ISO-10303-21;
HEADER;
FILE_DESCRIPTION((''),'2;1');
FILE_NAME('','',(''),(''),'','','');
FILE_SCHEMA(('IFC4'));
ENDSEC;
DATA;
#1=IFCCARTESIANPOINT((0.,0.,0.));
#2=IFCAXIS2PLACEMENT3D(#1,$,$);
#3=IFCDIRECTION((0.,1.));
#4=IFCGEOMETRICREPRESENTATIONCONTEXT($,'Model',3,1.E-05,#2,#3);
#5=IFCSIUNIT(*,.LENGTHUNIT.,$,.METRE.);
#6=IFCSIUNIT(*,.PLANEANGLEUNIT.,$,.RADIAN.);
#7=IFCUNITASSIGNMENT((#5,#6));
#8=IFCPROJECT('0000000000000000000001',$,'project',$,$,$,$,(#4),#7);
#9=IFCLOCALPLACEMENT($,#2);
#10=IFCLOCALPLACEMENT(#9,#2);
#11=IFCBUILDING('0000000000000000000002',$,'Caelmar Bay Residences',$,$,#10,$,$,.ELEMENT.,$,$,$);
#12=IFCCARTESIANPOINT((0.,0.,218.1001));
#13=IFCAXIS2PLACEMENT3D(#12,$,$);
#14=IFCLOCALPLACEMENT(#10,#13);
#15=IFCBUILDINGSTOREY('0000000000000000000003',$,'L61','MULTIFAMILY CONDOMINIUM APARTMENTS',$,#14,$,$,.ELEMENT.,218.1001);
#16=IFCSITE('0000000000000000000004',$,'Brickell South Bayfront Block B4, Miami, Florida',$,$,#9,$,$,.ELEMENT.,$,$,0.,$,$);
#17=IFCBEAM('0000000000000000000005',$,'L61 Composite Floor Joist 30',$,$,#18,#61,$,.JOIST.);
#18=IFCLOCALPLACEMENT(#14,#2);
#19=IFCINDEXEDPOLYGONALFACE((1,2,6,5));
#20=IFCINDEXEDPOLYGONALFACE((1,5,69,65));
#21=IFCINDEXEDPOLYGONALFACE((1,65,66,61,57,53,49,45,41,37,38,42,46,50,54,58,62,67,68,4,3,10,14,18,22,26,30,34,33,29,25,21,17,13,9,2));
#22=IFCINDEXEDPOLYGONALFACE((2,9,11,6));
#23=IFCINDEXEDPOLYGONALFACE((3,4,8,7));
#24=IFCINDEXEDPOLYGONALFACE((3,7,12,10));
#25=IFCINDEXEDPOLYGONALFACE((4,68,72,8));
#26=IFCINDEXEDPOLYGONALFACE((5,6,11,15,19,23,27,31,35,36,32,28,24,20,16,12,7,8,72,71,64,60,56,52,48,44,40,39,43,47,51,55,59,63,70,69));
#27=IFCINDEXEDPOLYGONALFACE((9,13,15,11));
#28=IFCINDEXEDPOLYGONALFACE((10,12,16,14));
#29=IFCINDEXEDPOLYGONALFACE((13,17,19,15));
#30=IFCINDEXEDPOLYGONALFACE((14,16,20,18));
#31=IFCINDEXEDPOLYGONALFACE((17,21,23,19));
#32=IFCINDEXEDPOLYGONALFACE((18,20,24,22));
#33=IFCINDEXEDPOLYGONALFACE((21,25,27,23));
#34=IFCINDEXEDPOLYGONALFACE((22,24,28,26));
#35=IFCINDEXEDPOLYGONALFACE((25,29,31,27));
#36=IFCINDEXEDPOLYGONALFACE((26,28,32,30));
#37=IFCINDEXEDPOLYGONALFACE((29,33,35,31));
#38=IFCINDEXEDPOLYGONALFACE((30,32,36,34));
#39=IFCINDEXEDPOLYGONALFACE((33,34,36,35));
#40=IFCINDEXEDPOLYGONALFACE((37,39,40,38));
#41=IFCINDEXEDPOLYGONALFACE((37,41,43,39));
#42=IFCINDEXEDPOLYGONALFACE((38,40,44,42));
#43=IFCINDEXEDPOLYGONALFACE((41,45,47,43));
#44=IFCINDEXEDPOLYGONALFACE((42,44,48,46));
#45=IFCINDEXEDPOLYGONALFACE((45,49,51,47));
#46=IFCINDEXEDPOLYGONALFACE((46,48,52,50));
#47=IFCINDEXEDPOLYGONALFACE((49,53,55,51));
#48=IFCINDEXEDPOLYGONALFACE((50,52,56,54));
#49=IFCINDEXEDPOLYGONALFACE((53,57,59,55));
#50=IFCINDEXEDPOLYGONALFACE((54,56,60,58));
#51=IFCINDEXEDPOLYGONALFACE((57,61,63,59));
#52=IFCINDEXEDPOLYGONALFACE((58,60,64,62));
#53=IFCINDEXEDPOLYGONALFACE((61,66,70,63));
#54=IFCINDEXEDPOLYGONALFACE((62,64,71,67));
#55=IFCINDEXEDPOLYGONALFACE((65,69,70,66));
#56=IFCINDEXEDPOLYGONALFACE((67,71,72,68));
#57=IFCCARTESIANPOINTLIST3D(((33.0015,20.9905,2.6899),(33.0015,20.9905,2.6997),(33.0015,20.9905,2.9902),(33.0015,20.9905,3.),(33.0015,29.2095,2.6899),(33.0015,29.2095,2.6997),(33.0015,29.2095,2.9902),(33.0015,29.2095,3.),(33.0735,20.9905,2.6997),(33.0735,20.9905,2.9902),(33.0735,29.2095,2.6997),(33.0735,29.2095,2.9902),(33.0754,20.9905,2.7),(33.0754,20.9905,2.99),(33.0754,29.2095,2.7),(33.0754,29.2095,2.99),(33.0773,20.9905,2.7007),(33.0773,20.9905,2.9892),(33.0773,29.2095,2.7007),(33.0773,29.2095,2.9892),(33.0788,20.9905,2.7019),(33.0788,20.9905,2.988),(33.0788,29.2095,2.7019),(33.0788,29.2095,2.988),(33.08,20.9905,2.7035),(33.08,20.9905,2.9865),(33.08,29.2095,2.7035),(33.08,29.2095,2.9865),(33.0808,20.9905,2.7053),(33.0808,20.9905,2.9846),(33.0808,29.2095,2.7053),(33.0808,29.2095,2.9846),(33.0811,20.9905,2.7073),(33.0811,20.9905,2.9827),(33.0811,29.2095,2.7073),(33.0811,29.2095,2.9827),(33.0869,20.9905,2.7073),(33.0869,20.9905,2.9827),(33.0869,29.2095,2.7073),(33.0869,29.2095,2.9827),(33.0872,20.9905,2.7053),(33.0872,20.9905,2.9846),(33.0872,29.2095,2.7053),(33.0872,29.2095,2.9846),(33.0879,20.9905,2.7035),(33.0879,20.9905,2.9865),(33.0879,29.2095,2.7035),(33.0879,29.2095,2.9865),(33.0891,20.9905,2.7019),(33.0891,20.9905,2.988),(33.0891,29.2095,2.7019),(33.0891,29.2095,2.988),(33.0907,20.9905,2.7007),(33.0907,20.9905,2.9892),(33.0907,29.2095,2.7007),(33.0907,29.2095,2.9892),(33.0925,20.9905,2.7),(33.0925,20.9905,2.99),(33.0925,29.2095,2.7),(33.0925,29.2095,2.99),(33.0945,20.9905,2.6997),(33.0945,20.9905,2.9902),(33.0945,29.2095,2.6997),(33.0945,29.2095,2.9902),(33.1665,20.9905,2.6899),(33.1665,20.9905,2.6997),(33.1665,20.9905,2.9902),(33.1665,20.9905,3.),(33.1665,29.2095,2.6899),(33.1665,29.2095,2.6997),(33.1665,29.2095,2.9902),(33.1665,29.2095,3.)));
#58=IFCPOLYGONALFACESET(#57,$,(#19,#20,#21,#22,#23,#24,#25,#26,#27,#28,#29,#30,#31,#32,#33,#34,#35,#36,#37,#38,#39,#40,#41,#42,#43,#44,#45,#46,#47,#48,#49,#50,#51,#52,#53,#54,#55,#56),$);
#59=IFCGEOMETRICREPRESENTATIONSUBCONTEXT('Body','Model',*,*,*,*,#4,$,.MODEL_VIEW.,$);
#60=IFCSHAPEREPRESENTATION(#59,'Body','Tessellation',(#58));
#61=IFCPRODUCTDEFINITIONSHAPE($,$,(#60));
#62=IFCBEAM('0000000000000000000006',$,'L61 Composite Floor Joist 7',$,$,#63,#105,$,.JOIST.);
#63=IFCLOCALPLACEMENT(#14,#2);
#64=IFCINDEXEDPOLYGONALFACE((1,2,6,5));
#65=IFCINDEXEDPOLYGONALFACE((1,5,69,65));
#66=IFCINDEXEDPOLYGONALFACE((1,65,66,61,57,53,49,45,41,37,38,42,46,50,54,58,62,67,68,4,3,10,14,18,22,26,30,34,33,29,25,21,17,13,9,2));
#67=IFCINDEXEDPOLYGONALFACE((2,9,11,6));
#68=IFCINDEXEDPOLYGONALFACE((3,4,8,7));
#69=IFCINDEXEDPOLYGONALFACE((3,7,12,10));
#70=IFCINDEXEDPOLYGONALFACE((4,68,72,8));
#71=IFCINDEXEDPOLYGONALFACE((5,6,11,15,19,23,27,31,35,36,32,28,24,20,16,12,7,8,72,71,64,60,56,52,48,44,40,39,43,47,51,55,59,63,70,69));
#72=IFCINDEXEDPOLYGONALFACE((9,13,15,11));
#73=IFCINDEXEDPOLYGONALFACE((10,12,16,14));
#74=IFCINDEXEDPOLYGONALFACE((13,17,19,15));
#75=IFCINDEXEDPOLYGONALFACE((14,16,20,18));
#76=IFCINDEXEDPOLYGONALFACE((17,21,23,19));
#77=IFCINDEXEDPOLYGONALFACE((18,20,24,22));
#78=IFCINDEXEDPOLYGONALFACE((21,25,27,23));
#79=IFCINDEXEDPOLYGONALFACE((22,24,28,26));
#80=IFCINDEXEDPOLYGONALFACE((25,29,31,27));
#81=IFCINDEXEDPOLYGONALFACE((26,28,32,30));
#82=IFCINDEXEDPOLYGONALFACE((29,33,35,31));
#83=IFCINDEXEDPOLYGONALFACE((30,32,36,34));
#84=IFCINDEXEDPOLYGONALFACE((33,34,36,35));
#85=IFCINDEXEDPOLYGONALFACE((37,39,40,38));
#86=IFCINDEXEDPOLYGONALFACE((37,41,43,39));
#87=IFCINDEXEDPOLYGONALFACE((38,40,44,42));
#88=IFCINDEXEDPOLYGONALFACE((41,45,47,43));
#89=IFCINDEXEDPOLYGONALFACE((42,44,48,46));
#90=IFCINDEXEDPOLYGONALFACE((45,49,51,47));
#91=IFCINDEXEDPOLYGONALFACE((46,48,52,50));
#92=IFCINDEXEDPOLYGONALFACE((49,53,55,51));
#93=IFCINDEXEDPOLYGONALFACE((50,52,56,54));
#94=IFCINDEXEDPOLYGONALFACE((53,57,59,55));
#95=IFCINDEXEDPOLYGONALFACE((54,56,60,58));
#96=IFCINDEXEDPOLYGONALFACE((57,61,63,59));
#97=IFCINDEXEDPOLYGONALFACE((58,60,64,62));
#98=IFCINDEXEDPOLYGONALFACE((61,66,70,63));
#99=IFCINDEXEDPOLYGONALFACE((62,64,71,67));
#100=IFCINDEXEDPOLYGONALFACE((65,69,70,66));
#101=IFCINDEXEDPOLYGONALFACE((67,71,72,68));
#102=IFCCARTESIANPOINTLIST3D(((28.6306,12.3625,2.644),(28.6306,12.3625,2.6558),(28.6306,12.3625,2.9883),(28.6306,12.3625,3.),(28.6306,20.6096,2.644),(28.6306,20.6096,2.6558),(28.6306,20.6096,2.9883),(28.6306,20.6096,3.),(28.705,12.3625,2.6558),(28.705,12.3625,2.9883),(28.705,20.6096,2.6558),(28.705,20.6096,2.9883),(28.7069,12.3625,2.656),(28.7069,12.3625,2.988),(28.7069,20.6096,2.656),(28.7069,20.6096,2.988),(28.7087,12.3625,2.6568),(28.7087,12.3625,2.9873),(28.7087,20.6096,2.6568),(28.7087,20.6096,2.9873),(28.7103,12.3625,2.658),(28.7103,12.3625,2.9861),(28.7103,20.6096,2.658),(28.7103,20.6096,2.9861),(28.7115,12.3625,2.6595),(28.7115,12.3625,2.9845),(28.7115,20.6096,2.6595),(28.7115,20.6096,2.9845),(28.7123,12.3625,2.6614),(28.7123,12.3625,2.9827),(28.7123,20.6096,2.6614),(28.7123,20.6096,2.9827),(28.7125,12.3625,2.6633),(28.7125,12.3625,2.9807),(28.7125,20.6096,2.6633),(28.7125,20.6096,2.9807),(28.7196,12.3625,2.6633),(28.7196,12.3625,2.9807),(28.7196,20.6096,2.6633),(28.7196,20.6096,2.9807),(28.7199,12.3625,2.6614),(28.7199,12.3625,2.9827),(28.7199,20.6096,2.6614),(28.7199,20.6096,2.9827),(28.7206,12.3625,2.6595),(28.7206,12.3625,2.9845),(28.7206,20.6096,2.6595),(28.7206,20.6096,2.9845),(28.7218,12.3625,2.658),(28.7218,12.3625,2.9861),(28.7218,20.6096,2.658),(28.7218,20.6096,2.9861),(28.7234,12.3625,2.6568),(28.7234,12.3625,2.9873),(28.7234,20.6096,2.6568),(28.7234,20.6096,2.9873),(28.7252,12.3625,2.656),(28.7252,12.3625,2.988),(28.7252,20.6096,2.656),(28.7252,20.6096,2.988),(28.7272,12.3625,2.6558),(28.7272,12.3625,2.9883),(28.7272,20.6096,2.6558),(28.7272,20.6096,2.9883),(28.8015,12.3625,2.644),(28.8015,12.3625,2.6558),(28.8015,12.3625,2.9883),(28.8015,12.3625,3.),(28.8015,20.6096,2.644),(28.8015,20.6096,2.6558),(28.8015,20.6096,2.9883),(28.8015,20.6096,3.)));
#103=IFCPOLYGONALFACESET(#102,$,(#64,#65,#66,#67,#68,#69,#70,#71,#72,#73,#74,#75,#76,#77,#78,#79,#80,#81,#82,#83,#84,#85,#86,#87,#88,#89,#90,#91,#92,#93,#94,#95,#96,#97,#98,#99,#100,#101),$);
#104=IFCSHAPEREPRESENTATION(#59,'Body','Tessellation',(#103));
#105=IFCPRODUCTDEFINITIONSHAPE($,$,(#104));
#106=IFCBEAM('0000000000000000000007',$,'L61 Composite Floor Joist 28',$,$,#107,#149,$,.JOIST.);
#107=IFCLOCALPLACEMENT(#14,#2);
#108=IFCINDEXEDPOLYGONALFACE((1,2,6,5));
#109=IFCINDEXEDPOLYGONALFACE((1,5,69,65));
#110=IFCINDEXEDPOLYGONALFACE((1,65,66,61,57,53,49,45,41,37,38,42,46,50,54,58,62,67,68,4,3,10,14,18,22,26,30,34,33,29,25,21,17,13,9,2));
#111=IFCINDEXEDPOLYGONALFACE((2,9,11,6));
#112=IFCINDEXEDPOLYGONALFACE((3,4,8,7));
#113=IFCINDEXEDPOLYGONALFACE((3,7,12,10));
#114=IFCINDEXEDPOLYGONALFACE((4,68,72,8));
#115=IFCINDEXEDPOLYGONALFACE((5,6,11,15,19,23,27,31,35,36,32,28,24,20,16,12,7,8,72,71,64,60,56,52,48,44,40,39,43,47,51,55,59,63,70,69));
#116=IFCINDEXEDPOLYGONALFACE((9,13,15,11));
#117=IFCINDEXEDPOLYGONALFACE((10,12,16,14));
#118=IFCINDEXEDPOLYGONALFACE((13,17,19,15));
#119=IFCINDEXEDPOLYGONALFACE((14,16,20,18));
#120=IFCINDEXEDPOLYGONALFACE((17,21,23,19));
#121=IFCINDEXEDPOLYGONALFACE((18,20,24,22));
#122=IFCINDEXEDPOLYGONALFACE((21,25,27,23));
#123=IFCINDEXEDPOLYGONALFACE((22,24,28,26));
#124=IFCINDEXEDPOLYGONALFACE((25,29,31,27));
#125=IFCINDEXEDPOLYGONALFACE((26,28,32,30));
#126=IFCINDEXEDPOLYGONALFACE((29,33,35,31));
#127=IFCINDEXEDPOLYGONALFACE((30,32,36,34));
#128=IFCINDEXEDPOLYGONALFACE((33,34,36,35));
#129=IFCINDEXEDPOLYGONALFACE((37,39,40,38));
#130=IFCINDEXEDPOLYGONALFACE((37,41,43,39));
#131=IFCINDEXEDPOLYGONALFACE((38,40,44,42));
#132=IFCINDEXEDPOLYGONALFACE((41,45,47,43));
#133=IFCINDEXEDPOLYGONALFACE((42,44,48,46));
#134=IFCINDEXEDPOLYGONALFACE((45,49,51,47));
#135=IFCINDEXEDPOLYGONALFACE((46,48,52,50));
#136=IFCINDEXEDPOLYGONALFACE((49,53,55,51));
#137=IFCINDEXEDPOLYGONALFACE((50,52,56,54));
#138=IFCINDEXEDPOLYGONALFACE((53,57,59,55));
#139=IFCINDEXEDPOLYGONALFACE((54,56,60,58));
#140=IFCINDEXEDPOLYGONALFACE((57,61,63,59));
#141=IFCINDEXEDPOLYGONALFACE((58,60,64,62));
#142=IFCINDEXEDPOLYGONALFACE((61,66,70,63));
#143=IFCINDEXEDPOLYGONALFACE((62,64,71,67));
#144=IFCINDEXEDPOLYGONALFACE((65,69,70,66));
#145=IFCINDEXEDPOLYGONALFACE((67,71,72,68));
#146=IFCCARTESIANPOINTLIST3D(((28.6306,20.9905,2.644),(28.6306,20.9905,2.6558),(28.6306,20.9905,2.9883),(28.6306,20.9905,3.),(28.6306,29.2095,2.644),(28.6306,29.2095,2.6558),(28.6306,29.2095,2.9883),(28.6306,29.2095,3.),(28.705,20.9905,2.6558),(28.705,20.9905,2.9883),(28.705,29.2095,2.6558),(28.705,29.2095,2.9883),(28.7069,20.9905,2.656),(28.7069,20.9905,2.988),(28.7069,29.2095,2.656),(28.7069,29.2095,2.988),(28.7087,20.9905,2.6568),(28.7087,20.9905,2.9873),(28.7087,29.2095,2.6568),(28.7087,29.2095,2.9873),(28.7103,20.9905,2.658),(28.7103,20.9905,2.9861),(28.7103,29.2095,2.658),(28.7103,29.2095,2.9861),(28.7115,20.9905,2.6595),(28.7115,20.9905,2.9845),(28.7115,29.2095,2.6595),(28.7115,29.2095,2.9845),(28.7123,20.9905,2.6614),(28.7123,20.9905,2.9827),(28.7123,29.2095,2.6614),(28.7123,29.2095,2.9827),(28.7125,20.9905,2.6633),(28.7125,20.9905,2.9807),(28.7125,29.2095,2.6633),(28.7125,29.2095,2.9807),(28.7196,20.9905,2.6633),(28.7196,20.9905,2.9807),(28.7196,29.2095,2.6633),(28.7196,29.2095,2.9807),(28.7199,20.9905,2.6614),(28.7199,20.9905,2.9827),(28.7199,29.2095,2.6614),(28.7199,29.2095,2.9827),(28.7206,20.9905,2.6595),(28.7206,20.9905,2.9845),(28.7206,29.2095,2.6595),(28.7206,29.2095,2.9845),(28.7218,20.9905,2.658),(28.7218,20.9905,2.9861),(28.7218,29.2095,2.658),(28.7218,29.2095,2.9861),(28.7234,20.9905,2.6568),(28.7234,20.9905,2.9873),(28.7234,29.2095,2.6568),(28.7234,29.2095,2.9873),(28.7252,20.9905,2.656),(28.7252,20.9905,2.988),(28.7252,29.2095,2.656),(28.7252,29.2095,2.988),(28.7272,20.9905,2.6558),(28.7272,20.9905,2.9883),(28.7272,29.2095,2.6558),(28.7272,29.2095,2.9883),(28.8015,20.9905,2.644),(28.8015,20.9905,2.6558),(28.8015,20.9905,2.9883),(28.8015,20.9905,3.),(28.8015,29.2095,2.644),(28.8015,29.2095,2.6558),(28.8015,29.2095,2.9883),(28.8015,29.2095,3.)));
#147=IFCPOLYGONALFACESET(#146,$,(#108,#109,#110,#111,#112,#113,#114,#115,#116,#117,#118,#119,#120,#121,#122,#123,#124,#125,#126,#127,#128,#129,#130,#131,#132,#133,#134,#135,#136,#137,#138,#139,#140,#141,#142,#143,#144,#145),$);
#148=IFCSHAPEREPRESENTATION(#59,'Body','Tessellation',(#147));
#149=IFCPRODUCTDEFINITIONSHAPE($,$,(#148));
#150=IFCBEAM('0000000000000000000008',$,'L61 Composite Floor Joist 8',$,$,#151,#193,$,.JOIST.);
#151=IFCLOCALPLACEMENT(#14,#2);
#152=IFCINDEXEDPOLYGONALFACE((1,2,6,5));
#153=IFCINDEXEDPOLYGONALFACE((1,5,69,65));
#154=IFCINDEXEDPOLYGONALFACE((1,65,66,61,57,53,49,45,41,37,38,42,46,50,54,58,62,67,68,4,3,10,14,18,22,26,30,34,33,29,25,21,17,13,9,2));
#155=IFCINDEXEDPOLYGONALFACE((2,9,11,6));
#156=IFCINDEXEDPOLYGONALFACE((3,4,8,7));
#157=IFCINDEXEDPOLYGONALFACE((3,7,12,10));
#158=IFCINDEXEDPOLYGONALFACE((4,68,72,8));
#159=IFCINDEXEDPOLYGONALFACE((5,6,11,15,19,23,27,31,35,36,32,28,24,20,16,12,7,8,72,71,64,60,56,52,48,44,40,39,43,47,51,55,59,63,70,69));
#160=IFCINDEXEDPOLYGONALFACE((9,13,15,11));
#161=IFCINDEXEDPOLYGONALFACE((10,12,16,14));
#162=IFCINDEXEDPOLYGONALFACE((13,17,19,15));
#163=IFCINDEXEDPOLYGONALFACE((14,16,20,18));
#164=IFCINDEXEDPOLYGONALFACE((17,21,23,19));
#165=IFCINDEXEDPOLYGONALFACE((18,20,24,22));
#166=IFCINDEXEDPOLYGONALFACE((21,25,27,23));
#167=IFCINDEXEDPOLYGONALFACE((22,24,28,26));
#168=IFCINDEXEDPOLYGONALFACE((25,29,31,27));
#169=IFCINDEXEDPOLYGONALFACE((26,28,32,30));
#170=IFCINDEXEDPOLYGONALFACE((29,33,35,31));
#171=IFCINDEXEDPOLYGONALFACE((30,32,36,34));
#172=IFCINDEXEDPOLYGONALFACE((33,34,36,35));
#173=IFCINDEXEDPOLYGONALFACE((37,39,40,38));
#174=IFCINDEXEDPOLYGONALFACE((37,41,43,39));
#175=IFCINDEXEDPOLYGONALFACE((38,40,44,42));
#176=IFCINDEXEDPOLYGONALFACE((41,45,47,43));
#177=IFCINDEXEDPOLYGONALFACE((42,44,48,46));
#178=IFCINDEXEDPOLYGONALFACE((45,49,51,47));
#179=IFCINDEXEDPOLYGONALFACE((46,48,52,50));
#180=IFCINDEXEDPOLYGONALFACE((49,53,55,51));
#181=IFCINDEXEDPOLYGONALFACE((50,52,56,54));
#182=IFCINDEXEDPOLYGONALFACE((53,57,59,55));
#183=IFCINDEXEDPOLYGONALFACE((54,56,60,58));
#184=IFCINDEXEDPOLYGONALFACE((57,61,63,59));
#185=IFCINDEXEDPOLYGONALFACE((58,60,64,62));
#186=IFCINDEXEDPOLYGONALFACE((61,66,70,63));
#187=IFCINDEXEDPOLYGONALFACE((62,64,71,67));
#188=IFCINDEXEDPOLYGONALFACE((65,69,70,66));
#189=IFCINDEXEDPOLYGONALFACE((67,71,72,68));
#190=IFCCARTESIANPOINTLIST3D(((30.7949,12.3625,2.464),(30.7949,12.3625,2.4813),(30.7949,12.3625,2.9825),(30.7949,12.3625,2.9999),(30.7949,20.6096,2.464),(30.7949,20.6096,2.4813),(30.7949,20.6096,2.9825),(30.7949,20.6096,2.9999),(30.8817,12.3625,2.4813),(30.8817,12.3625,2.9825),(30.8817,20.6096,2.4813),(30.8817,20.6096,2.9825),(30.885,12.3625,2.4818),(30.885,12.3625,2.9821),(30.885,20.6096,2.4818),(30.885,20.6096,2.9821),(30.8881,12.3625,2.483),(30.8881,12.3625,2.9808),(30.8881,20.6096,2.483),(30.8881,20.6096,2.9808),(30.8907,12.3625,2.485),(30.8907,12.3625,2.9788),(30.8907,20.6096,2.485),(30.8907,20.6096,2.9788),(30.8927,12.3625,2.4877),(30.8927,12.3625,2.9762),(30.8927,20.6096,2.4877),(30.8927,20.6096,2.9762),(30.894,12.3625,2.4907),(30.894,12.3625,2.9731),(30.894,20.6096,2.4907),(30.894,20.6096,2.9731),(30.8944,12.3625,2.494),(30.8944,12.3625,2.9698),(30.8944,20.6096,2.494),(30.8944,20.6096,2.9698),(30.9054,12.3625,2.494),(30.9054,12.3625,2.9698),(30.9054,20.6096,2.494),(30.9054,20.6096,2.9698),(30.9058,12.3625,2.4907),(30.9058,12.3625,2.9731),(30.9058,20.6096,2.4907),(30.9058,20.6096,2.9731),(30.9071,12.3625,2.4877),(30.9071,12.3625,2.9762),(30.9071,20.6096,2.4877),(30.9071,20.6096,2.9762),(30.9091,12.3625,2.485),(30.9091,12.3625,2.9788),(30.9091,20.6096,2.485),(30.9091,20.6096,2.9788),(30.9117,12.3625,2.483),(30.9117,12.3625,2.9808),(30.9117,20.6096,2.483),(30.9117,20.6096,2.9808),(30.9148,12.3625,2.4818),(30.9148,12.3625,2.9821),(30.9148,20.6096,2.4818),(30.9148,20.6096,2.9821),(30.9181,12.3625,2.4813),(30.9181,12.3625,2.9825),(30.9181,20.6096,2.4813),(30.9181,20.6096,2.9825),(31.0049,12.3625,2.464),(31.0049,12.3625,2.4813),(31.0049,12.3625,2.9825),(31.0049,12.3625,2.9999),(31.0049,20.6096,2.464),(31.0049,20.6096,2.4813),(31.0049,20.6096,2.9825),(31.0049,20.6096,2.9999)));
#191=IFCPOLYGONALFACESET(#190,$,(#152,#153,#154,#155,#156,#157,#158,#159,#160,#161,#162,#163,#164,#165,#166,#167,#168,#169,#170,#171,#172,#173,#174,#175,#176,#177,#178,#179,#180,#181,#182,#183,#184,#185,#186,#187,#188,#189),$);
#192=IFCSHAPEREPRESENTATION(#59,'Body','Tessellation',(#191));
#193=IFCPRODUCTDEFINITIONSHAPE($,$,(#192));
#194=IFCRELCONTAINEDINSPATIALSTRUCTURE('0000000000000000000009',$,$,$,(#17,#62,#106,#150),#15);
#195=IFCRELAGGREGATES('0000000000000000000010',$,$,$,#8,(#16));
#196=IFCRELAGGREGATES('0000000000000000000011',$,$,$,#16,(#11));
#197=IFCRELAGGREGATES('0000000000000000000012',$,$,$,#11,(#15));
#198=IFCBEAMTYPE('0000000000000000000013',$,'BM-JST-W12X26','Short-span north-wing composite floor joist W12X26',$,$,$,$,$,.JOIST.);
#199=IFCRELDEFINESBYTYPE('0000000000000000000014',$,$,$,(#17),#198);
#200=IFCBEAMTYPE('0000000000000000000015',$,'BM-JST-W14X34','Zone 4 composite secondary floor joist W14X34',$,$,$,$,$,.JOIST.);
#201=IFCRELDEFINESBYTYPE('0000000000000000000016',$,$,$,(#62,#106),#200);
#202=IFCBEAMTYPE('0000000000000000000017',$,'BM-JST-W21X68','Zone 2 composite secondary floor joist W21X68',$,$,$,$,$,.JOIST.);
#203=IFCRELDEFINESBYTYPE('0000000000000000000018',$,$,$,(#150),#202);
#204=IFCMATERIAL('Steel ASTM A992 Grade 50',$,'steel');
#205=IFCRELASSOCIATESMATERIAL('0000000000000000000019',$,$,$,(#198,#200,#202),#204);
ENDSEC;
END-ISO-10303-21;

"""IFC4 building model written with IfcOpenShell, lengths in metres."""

from ifc_helpers import new_model, si_unit, direction, frame, origin, origin_2d, place, context, subcontext, project, spatial, i_section, extrude, material, material_profile, profile_set, type_object, element, save


model = new_model("IFC4")

# Units and contexts
model_context = context("Model", 3, precision=1e-05, world=origin(), true_north=direction((0.0, 1.0)))
body_context = subcontext(model_context, "Body", "Model", "MODEL_VIEW")
ifc_project = project(units=[si_unit("LENGTHUNIT", "METRE"), si_unit("PLANEANGLEUNIT", "RADIAN")], contexts=[model_context])

# Site, building, storey
site_placement = place(None, origin())
site = spatial("IfcSite", under=ifc_project, at=site_placement, Name="Brickell South Bayfront Block B4, Miami, Florida", CompositionType="ELEMENT", RefElevation=0.0)
building_placement = place(site_placement, origin())
building = spatial("IfcBuilding", under=site, at=building_placement, Name="Caelmar Bay Residences", CompositionType="ELEMENT")
storey_placement = place(building_placement, frame((0.0, 0.0, 218.1001)))
storey = spatial("IfcBuildingStorey", under=building, at=storey_placement, Name="L61", Description="MULTIFAMILY CONDOMINIUM APARTMENTS", CompositionType="ELEMENT", Elevation=218.1001)

# Beams
ifc_material_1 = material(Name="Steel ASTM A992 Grade 50", Category="steel")
ifc_material_profile_1 = material_profile(ifc_material_1, i_section(OverallWidth=0.165, OverallDepth=0.3101, WebThickness=0.0059, FlangeThickness=0.0098, FilletRadius=0.0076, at=origin_2d()), Name="W12X26")
ifc_profile_set_1 = profile_set([ifc_material_profile_1], Name="Steel ASTM A992 Grade 50")
beam_type_1 = type_object("IfcBeamType", Name="BM-JST-W12X26", Description="Short-span north-wing composite floor joist W12X26", PredefinedType="JOIST", material=ifc_profile_set_1)
for number, where, z_axis, x_axis, name in (
    (1, (33.084, 20.9905, 2.845), (0.0, 1.0, 0.0), (-1.0, 0.0, 0.0), "L61 Composite Floor Joist 30"),
):
    element("IfcBeam", number, at=place(storey_placement, frame(where, z_axis=z_axis, x_axis=x_axis)), inside=storey, type_object=beam_type_1, Name=name, PredefinedType="JOIST", context=body_context, shape_type="SweptSolid", body=[
        extrude(i_section(OverallWidth=0.165, OverallDepth=0.3101, WebThickness=0.0059, FlangeThickness=0.0098, FilletRadius=0.0076, at=origin_2d()), origin(), (0.0, 0.0, 1.0), 8.219),
    ])
ifc_material_profile_2 = material_profile(ifc_material_1, i_section(OverallWidth=0.1709, OverallDepth=0.356, WebThickness=0.0071, FlangeThickness=0.0117, FilletRadius=0.0076, at=origin_2d()), Name="W14X34")
ifc_profile_set_2 = profile_set([ifc_material_profile_2], Name="Steel ASTM A992 Grade 50")
beam_type_2 = type_object("IfcBeamType", Name="BM-JST-W14X34", Description="Zone 4 composite secondary floor joist W14X34", PredefinedType="JOIST", material=ifc_profile_set_2)
beam_1_placement = place(storey_placement, frame((28.7161, 12.3625, 2.822), z_axis=(0.0, 1.0, 0.0), x_axis=(-1.0, 0.0, 0.0)))
element("IfcBeam", 2, at=beam_1_placement, inside=storey, type_object=beam_type_2, Name="L61 Composite Floor Joist 7", PredefinedType="JOIST", context=body_context, shape_type="SweptSolid", body=[
    extrude(i_section(OverallWidth=0.1709, OverallDepth=0.356, WebThickness=0.0071, FlangeThickness=0.0117, FilletRadius=0.0076, at=origin_2d()), origin(), (0.0, 0.0, 1.0), 8.2471),
])
beam_2_placement = place(storey_placement, frame((28.7161, 20.9905, 2.822), z_axis=(0.0, 1.0, 0.0), x_axis=(-1.0, 0.0, 0.0)))
element("IfcBeam", 3, at=beam_2_placement, inside=storey, type_object=beam_type_2, Name="L61 Composite Floor Joist 28", PredefinedType="JOIST", context=body_context, shape_type="SweptSolid", body=[
    extrude(i_section(OverallWidth=0.1709, OverallDepth=0.356, WebThickness=0.0071, FlangeThickness=0.0117, FilletRadius=0.0076, at=origin_2d()), origin(), (0.0, 0.0, 1.0), 8.219),
])
ifc_material_profile_3 = material_profile(ifc_material_1, i_section(OverallWidth=0.21, OverallDepth=0.5359, WebThickness=0.011, FlangeThickness=0.0173, FilletRadius=0.0127, at=origin_2d()), Name="W21X68")
ifc_profile_set_3 = profile_set([ifc_material_profile_3], Name="Steel ASTM A992 Grade 50")
beam_type_3 = type_object("IfcBeamType", Name="BM-JST-W21X68", Description="Zone 2 composite secondary floor joist W21X68", PredefinedType="JOIST", material=ifc_profile_set_3)
beam_3_placement = place(storey_placement, frame((30.8999, 12.3625, 2.7319), z_axis=(0.0, 1.0, 0.0), x_axis=(-1.0, 0.0, 0.0)))
element("IfcBeam", 4, at=beam_3_placement, inside=storey, type_object=beam_type_3, Name="L61 Composite Floor Joist 8", PredefinedType="JOIST", context=body_context, shape_type="SweptSolid", body=[
    extrude(i_section(OverallWidth=0.21, OverallDepth=0.5359, WebThickness=0.011, FlangeThickness=0.0173, FilletRadius=0.0127, at=origin_2d()), origin(), (0.0, 0.0, 1.0), 8.2471),
])

save(model, "model.ifc")
